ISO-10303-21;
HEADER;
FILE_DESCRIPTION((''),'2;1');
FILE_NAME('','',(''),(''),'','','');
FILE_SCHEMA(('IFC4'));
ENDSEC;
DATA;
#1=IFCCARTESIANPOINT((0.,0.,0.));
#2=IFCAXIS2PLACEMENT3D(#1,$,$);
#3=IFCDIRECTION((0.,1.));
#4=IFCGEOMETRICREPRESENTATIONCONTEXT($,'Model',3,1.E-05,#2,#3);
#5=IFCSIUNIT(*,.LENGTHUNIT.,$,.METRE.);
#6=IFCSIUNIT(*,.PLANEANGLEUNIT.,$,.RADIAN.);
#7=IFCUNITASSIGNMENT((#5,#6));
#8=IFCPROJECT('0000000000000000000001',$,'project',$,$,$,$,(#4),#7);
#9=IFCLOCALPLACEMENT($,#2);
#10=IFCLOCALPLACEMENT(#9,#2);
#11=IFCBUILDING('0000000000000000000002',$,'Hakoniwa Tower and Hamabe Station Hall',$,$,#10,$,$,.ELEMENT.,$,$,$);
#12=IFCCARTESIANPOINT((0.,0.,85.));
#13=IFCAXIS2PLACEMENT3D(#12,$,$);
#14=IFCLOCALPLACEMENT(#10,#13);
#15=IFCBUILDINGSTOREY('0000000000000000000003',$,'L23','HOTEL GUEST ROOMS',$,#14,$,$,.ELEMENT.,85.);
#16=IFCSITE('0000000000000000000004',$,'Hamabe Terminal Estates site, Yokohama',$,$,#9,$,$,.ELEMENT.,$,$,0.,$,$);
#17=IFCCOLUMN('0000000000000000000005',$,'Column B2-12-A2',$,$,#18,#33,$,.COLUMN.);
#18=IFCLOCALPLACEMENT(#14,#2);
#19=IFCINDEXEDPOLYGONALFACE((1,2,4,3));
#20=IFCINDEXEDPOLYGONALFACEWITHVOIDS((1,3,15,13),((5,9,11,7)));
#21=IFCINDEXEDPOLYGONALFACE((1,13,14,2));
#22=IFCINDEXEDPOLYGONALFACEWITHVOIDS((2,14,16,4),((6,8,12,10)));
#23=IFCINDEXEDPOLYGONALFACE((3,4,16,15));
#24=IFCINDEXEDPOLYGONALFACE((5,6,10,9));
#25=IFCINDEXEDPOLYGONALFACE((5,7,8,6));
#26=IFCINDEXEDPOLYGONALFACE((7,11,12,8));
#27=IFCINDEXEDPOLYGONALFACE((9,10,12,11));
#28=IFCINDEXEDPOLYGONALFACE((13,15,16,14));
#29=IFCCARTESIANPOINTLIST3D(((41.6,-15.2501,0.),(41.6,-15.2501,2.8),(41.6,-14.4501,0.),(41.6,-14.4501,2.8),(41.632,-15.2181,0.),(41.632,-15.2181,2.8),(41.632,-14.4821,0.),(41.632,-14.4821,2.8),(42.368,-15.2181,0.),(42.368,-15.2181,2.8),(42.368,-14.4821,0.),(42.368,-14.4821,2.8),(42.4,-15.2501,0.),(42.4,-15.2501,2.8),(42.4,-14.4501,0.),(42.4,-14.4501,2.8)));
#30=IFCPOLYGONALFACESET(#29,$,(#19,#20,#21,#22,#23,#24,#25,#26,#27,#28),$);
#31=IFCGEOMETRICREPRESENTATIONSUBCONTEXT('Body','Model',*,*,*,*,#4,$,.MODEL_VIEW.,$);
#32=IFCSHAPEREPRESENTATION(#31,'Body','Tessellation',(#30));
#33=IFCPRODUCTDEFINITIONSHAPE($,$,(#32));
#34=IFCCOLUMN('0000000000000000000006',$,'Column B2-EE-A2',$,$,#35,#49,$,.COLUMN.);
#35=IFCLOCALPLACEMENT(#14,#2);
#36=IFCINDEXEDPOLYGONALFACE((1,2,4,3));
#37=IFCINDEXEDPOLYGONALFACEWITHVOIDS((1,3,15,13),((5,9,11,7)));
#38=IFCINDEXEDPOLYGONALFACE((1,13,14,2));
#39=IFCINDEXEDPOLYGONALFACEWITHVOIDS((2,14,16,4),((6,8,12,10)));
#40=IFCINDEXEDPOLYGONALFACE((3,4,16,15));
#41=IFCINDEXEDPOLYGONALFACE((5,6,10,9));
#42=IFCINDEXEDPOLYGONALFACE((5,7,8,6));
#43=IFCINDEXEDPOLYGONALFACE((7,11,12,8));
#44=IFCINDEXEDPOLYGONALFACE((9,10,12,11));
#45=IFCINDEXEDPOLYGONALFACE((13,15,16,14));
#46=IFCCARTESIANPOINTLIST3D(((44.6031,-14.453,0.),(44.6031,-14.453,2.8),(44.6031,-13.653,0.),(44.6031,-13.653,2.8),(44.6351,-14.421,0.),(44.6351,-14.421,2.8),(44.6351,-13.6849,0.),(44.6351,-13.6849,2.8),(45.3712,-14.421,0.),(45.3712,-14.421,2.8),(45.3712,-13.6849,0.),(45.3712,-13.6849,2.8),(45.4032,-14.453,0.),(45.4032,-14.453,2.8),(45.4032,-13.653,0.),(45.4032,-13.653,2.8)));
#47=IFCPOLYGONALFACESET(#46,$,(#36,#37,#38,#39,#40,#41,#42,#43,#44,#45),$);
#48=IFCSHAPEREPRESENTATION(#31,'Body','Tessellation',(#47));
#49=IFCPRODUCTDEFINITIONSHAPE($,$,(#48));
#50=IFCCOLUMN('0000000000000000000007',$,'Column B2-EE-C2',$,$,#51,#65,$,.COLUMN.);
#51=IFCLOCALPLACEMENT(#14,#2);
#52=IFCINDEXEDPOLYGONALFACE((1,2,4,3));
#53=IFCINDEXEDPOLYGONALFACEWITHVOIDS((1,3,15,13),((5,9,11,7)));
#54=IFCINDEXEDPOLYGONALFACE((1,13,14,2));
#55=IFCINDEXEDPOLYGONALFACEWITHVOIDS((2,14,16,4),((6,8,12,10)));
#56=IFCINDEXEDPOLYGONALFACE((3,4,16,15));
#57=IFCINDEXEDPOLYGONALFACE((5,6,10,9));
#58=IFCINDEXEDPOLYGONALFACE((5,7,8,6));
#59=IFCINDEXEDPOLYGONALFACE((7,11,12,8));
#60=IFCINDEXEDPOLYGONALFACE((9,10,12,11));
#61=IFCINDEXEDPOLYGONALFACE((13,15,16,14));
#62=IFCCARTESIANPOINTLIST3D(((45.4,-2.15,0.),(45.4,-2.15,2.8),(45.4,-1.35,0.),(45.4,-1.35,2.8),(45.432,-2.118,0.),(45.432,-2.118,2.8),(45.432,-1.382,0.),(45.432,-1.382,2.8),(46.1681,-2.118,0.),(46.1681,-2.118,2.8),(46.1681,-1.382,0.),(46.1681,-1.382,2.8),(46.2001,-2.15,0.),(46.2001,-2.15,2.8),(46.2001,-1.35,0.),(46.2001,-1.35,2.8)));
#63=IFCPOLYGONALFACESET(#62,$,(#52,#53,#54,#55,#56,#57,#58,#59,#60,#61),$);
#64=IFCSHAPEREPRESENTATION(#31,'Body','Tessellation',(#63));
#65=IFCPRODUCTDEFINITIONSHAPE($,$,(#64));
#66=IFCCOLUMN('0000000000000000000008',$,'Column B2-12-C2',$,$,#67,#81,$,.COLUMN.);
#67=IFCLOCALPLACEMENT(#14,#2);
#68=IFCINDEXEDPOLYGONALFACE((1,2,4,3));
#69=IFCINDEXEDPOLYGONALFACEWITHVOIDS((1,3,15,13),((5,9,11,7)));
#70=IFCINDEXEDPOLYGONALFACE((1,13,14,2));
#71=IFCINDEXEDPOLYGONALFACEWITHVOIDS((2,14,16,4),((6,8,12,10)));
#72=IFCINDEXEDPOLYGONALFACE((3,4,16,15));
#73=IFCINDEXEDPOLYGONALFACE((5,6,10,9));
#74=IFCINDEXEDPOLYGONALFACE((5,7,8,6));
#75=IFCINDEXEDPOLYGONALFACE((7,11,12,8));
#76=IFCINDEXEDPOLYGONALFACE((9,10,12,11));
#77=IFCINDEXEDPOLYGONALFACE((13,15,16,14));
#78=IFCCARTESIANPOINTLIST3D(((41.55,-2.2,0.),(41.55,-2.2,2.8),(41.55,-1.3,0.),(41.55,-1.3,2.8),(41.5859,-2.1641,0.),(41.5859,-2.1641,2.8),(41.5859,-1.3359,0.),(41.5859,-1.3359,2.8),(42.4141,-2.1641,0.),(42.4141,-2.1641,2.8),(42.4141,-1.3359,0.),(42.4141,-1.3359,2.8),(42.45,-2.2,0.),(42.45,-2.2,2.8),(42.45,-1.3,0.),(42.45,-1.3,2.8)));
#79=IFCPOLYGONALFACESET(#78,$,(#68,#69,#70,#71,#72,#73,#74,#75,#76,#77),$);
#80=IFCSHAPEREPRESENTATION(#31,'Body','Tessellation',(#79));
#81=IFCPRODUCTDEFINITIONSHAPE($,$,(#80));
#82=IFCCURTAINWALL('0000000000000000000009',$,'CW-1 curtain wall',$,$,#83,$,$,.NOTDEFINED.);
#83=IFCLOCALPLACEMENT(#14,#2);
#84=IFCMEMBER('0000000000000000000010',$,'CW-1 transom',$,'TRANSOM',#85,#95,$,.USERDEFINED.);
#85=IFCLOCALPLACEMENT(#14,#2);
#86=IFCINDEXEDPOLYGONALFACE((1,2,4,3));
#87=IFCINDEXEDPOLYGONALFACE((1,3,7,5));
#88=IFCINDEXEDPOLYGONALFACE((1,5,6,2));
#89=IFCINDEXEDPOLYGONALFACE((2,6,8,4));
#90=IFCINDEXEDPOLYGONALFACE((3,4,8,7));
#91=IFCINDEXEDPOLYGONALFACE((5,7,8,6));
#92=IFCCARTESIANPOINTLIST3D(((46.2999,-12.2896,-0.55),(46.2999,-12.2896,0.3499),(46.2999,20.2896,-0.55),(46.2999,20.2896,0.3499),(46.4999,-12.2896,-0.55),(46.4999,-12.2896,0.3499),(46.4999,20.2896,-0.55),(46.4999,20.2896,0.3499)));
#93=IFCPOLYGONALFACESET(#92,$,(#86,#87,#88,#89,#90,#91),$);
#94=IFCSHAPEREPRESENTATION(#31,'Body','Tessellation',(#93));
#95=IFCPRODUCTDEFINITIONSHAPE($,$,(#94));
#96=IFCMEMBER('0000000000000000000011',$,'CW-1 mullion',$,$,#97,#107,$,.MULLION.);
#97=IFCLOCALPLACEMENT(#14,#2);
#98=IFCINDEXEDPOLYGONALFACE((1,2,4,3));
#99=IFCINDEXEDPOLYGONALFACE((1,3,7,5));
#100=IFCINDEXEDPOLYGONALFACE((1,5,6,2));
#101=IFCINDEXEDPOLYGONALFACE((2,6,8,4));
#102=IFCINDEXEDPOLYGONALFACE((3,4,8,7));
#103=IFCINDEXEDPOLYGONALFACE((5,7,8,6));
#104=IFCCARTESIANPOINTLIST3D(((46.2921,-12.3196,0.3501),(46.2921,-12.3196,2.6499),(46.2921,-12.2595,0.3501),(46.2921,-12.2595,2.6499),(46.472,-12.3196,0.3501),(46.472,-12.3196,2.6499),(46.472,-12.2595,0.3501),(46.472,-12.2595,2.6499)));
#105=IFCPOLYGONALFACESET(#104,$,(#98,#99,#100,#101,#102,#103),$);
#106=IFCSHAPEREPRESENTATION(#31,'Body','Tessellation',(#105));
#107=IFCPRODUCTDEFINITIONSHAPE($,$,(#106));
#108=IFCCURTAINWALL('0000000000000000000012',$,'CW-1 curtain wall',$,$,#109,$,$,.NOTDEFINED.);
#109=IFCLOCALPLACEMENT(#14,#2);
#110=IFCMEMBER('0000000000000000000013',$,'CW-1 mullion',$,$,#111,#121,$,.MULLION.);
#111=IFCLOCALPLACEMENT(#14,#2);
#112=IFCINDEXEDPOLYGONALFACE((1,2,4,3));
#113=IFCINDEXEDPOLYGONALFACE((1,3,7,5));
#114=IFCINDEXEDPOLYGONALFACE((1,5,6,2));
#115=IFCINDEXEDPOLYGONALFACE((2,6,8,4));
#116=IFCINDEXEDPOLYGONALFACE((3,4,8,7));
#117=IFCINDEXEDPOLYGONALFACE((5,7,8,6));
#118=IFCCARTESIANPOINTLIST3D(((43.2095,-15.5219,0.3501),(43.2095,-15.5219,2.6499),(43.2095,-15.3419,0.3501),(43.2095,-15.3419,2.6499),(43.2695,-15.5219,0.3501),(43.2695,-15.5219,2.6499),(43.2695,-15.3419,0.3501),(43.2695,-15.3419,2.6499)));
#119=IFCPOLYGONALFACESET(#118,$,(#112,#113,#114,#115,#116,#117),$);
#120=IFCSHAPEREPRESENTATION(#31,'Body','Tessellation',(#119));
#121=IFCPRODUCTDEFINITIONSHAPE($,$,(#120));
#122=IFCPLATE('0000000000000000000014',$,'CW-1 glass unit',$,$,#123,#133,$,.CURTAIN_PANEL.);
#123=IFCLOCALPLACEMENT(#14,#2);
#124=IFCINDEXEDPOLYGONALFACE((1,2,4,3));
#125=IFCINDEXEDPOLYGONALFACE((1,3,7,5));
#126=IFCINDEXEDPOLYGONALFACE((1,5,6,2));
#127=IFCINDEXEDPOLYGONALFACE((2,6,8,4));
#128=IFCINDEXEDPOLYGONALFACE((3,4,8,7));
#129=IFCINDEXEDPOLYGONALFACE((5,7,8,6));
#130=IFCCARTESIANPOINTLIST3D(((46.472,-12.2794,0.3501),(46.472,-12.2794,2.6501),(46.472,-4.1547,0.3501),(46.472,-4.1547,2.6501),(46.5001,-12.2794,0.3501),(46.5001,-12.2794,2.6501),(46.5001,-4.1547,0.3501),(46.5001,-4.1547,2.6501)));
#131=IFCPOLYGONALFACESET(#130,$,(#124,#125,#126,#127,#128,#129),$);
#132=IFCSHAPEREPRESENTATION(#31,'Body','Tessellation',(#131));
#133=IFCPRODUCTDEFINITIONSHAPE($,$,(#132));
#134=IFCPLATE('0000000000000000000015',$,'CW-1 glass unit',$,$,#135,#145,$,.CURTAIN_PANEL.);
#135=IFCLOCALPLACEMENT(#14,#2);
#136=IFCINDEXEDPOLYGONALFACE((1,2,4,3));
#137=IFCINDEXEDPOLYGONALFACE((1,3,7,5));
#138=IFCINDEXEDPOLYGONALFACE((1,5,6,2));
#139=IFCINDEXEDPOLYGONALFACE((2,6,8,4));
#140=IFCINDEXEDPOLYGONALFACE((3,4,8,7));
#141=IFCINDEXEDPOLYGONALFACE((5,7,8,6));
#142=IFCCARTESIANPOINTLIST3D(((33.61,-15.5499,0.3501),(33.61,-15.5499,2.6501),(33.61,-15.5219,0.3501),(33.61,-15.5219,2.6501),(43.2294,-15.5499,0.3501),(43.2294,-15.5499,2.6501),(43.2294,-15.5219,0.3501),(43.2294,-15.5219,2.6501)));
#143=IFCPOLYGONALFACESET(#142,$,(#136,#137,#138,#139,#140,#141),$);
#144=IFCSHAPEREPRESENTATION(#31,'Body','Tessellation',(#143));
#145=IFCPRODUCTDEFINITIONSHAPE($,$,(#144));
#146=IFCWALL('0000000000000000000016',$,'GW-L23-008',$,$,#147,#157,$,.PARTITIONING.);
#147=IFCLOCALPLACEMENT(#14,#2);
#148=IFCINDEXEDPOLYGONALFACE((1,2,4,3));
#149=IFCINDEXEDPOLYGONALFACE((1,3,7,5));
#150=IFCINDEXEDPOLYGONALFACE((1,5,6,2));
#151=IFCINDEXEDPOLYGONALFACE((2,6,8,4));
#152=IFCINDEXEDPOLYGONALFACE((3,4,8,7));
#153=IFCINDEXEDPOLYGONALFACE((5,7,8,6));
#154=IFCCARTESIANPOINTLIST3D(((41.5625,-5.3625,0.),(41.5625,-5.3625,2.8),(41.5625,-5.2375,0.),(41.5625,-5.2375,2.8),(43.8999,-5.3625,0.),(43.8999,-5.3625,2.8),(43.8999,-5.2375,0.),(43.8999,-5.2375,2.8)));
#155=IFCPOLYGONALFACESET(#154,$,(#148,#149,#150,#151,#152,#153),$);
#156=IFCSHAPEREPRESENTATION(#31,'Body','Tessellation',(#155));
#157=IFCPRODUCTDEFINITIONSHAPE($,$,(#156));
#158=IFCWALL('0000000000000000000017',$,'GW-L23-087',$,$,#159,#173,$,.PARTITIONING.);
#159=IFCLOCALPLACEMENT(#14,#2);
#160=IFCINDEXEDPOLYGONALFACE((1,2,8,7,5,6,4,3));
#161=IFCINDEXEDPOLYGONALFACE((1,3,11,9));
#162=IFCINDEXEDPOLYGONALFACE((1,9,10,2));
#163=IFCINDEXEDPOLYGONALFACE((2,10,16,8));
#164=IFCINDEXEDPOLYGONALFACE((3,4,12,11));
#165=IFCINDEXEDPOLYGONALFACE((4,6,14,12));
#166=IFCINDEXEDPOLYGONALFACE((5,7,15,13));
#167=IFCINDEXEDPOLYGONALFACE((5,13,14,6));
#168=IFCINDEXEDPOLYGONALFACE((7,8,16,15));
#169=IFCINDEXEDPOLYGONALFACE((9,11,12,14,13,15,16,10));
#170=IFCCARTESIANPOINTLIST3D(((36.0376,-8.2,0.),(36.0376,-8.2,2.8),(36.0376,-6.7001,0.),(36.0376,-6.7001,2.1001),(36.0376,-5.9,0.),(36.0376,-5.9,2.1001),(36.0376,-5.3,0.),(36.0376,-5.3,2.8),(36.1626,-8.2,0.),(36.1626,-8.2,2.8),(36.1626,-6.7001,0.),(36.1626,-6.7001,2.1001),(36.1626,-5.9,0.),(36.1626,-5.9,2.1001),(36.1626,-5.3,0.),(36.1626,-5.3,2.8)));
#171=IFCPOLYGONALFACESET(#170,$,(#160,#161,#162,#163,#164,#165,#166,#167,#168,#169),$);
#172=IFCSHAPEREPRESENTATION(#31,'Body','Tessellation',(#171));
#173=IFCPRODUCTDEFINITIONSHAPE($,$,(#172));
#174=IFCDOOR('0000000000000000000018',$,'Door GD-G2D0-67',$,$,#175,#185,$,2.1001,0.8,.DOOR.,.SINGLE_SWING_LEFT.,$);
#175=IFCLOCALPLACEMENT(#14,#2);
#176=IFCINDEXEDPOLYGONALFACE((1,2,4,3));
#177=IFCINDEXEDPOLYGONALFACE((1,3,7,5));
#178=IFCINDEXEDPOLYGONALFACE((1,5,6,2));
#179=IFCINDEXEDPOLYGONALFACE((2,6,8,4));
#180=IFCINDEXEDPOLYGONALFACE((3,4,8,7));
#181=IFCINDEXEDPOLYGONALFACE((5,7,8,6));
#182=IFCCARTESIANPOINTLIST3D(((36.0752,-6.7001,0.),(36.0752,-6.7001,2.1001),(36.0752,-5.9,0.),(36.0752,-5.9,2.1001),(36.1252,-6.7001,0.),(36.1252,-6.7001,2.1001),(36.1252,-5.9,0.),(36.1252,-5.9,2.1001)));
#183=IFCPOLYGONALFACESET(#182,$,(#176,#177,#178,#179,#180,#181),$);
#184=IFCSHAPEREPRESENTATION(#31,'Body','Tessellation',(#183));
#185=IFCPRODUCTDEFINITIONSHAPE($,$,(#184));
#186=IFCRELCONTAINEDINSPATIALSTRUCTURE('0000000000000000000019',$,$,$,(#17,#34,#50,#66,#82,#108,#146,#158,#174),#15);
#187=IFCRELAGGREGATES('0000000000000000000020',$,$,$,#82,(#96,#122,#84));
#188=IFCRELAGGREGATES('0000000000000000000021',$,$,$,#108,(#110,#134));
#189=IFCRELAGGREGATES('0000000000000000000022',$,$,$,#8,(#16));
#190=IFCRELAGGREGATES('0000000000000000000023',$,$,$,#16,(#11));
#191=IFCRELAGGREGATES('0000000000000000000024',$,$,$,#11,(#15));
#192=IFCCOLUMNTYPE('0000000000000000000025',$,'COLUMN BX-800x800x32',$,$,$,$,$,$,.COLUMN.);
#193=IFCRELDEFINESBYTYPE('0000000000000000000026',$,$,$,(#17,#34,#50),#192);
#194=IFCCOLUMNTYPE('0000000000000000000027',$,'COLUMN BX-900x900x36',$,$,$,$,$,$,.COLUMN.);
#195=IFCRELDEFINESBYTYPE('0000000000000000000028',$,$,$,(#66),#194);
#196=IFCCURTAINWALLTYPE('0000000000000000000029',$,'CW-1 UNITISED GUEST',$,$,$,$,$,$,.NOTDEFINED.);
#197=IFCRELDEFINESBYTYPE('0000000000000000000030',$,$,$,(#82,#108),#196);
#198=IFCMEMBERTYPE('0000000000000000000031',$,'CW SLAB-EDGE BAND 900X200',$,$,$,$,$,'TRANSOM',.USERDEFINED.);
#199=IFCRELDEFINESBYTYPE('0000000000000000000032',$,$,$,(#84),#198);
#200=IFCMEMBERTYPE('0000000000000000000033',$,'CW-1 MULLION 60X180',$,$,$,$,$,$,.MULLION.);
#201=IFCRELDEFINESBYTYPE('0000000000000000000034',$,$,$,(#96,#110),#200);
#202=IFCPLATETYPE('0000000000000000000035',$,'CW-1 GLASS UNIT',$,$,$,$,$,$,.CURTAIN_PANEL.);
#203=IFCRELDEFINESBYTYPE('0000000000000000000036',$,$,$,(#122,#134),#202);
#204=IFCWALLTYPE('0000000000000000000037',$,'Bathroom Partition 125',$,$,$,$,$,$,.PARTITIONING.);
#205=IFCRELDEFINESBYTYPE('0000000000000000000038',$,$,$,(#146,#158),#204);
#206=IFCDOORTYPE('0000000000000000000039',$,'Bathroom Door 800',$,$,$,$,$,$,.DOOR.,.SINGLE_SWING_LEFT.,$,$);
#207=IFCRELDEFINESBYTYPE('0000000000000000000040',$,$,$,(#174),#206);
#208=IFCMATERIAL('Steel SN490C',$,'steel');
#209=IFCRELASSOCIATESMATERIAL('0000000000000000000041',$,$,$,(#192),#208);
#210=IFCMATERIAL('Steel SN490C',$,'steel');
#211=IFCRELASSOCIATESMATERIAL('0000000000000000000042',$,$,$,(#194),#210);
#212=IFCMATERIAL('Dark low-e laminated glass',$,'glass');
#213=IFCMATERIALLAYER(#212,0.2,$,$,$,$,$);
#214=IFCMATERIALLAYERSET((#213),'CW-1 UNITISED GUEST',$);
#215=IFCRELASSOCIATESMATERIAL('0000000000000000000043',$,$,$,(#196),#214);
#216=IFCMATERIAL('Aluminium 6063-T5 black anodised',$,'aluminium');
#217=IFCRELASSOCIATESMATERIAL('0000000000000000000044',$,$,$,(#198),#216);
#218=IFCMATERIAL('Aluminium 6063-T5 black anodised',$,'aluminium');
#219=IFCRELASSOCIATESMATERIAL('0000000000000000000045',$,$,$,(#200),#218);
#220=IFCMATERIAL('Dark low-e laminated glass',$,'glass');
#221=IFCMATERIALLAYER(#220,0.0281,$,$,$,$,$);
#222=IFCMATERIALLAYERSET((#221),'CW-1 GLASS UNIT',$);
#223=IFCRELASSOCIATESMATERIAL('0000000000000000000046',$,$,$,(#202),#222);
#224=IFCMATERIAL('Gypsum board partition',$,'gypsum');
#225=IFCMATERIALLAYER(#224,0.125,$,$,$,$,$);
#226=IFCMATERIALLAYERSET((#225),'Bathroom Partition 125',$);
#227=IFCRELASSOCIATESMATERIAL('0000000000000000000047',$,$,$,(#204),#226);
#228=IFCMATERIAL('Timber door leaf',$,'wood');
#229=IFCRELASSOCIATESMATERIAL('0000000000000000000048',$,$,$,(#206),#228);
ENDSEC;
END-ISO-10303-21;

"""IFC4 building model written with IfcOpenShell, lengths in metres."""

from ifc_helpers import new_model, si_unit, direction, frame, frame_2d, origin, origin_2d, place, context, subcontext, project, spatial, rectangle, hollow_rectangle, extrude, material, layer, layer_set, material_profile, profile_set, type_object, element, fill, aggregate, save


model = new_model("IFC4")

# Units and contexts
model_context = context("Model", 3, precision=1e-05, world=origin(), true_north=direction((0.0, 1.0)))
body_context = subcontext(model_context, "Body", "Model", "MODEL_VIEW")
ifc_project = project(units=[si_unit("LENGTHUNIT", "METRE"), si_unit("PLANEANGLEUNIT", "RADIAN")], contexts=[model_context])

# Site, building, storey
site_placement = place(None, origin())
site = spatial("IfcSite", under=ifc_project, at=site_placement, Name="Hamabe Terminal Estates site, Yokohama", CompositionType="ELEMENT", RefElevation=0.0)
building_placement = place(site_placement, origin())
building = spatial("IfcBuilding", under=site, at=building_placement, Name="Hakoniwa Tower and Hamabe Station Hall", CompositionType="ELEMENT")
storey_placement = place(building_placement, frame((0.0, 0.0, 85.0)))
storey = spatial("IfcBuildingStorey", under=building, at=storey_placement, Name="L23", Description="HOTEL GUEST ROOMS", CompositionType="ELEMENT", Elevation=85.0)

# Columns
ifc_material_1 = material(Name="Steel SN490C", Category="steel")
ifc_material_profile_1 = material_profile(ifc_material_1, hollow_rectangle(XDim=0.8, YDim=0.8, WallThickness=0.032, at=origin_2d()), Name="BX-800x800x32")
ifc_profile_set_1 = profile_set([ifc_material_profile_1], Name="Steel SN490C")
column_type_1 = type_object("IfcColumnType", Name="COLUMN BX-800x800x32", PredefinedType="COLUMN", material=ifc_profile_set_1)
for number, where, z_axis, x_axis, name in (
    (1, (42.0, -14.8501, 0.0), (0.0, 0.0, 1.0), (1.0, 0.0, 0.0), "Column B2-12-A2"),
    (2, (45.0032, -14.053, 0.0), (0.0, 0.0, 1.0), (1.0, 0.0, 0.0), "Column B2-EE-A2"),
    (3, (45.8, -1.75, 0.0), (0.0, 0.0, 1.0), (1.0, 0.0, 0.0), "Column B2-EE-C2"),
):
    element("IfcColumn", number, at=place(storey_placement, frame(where, z_axis=z_axis, x_axis=x_axis)), inside=storey, type_object=column_type_1, Name=name, PredefinedType="COLUMN", context=body_context, shape_type="SweptSolid", body=[
        extrude(hollow_rectangle(XDim=0.8, YDim=0.8, WallThickness=0.032, at=origin_2d()), origin(), (0.0, 0.0, 1.0), 2.8),
    ])
ifc_material_2 = material(Name="Steel SN490C", Category="steel")
ifc_material_profile_2 = material_profile(ifc_material_2, hollow_rectangle(XDim=0.8999, YDim=0.8999, WallThickness=0.0359, at=origin_2d()), Name="BX-900x900x36")
ifc_profile_set_2 = profile_set([ifc_material_profile_2], Name="Steel SN490C")
column_type_2 = type_object("IfcColumnType", Name="COLUMN BX-900x900x36", PredefinedType="COLUMN", material=ifc_profile_set_2)
column_placement = place(storey_placement, frame((42.0, -1.75, 0.0), z_axis=(0.0, 0.0, 1.0), x_axis=(1.0, 0.0, 0.0)))
element("IfcColumn", 4, at=column_placement, inside=storey, type_object=column_type_2, Name="Column B2-12-C2", PredefinedType="COLUMN", context=body_context, shape_type="SweptSolid", body=[
    extrude(hollow_rectangle(XDim=0.8999, YDim=0.8999, WallThickness=0.0359, at=origin_2d()), origin(), (0.0, 0.0, 1.0), 2.8),
])

# Curtain wall, members
ifc_material_3 = material(Name="Dark low-e laminated glass", Category="glass")
ifc_layer_1 = layer(ifc_material_3, 0.2)
ifc_layer_set_1 = layer_set([ifc_layer_1], Name="CW-1 UNITISED GUEST")
curtain_wall_type = type_object("IfcCurtainWallType", Name="CW-1 UNITISED GUEST", PredefinedType="NOTDEFINED", material=ifc_layer_set_1)
curtain_wall_1_placement = place(storey_placement, origin())
curtain_wall_1 = element("IfcCurtainWall", 5, at=curtain_wall_1_placement, inside=storey, type_object=curtain_wall_type, Name="CW-1 curtain wall", PredefinedType="NOTDEFINED")
ifc_material_4 = material(Name="Aluminium 6063-T5 black anodised", Category="aluminium")
ifc_material_profile_3 = material_profile(ifc_material_4, rectangle(XDim=0.2, YDim=0.8999, at=origin_2d()), Name="CW SLAB-EDGE BAND 900X200")
ifc_profile_set_3 = profile_set([ifc_material_profile_3], Name="Aluminium 6063-T5 black anodised")
member_type_1 = type_object("IfcMemberType", Name="CW SLAB-EDGE BAND 900X200", ElementType="TRANSOM", PredefinedType="USERDEFINED", material=ifc_profile_set_3)
member_1_placement = place(storey_placement, frame((46.3999, -12.2896, -0.1001), z_axis=(0.0, 1.0, 0.0), x_axis=(-1.0, 0.0, 0.0)))
member_1 = element("IfcMember", 6, at=member_1_placement, type_object=member_type_1, Name="CW-1 transom", ObjectType="TRANSOM", PredefinedType="USERDEFINED", context=body_context, shape_type="SweptSolid", body=[
    extrude(rectangle(XDim=0.2, YDim=0.8999, at=origin_2d()), origin(), (0.0, 0.0, 1.0), 32.5791),
])
ifc_material_5 = material(Name="Aluminium 6063-T5 black anodised", Category="aluminium")
ifc_material_profile_4 = material_profile(ifc_material_5, rectangle(XDim=0.0601, YDim=0.1799, at=origin_2d()), Name="CW-1 MULLION 60X180")
ifc_profile_set_4 = profile_set([ifc_material_profile_4], Name="Aluminium 6063-T5 black anodised")
member_type_2 = type_object("IfcMemberType", Name="CW-1 MULLION 60X180", PredefinedType="MULLION", material=ifc_profile_set_4)
member_2_placement = place(storey_placement, frame((46.3821, -12.2896, 0.3501), z_axis=(0.0, 0.0, 1.0), x_axis=(0.0, 1.0, 0.0)))
member_2 = element("IfcMember", 7, at=member_2_placement, type_object=member_type_2, Name="CW-1 mullion", PredefinedType="MULLION", context=body_context, shape_type="SweptSolid", body=[
    extrude(rectangle(XDim=0.0601, YDim=0.1799, at=origin_2d()), origin(), (0.0, 0.0, 1.0), 2.2998),
])

# Curtain wall, member
curtain_wall_2_placement = place(storey_placement, origin())
curtain_wall_2 = element("IfcCurtainWall", 8, at=curtain_wall_2_placement, inside=storey, type_object=curtain_wall_type, Name="CW-1 curtain wall", PredefinedType="NOTDEFINED")
member_3_placement = place(storey_placement, frame((43.2395, -15.4319, 0.3501), z_axis=(0.0, 0.0, 1.0), x_axis=(1.0, 0.0, 0.0)))
member_3 = element("IfcMember", 9, at=member_3_placement, type_object=member_type_2, Name="CW-1 mullion", PredefinedType="MULLION", context=body_context, shape_type="SweptSolid", body=[
    extrude(rectangle(XDim=0.0601, YDim=0.1799, at=origin_2d()), origin(), (0.0, 0.0, 1.0), 2.2998),
])

# Plates
ifc_material_6 = material(Name="Dark low-e laminated glass", Category="glass")
ifc_layer_2 = layer(ifc_material_6, 0.0281)
ifc_layer_set_2 = layer_set([ifc_layer_2], Name="CW-1 GLASS UNIT")
plate_type = type_object("IfcPlateType", Name="CW-1 GLASS UNIT", PredefinedType="CURTAIN_PANEL", material=ifc_layer_set_2)
plate_1_placement = place(storey_placement, frame((46.4861, -8.217, 0.3501), z_axis=(0.0, 0.0, 1.0), x_axis=(0.0, 1.0, 0.0)))
plate_1 = element("IfcPlate", 10, at=plate_1_placement, type_object=plate_type, Name="CW-1 glass unit", PredefinedType="CURTAIN_PANEL", context=body_context, shape_type="SweptSolid", body=[
    extrude(rectangle(XDim=8.1248, YDim=0.0281, at=origin_2d()), origin(), (0.0, 0.0, 1.0), 2.3),
])
aggregate(curtain_wall_1, [member_2, plate_1, member_1])
plate_2_placement = place(storey_placement, frame((38.4197, -15.5359, 0.3501), z_axis=(0.0, 0.0, 1.0), x_axis=(1.0, 0.0, 0.0)))
plate_2 = element("IfcPlate", 11, at=plate_2_placement, type_object=plate_type, Name="CW-1 glass unit", PredefinedType="CURTAIN_PANEL", context=body_context, shape_type="SweptSolid", body=[
    extrude(rectangle(XDim=9.6194, YDim=0.0281, at=origin_2d()), origin(), (0.0, 0.0, 1.0), 2.3),
])
aggregate(curtain_wall_2, [member_3, plate_2])

# Wall
ifc_material_7 = material(Name="Gypsum board partition", Category="gypsum")
ifc_layer_3 = layer(ifc_material_7, 0.125)
ifc_layer_set_3 = layer_set([ifc_layer_3], Name="Bathroom Partition 125")
wall_type_1 = type_object("IfcWallType", Name="Bathroom Partition 125", PredefinedType="PARTITIONING", material=ifc_layer_set_3)
wall_1_placement = place(storey_placement, frame((41.5625, -5.3, 0.0), z_axis=(0.0, 0.0, 1.0), x_axis=(1.0, 0.0, 0.0)))
element("IfcWall", 12, at=wall_1_placement, inside=storey, type_object=wall_type_1, Name="GW-L23-008", PredefinedType="PARTITIONING", context=body_context, shape_type="SweptSolid", body=[
    extrude(rectangle(XDim=2.3374, YDim=0.125, at=frame_2d((1.1687, 0.0))), origin(), (0.0, 0.0, 1.0), 2.8),
])

# Wall, opening, door
wall_2_placement = place(storey_placement, frame((36.1001, -8.2, 0.0), z_axis=(0.0, 0.0, 1.0), x_axis=(0.0, 1.0, 0.0)))
wall_2 = element("IfcWall", 13, at=wall_2_placement, inside=storey, type_object=wall_type_1, Name="GW-L23-087", PredefinedType="PARTITIONING", context=body_context, shape_type="SweptSolid", body=[
    extrude(rectangle(XDim=2.8999, YDim=0.125, at=frame_2d((1.45, 0.0))), origin(), (0.0, 0.0, 1.0), 2.8),
])
opening_1_placement = place(wall_2_placement, frame((1.5, 0.0, 0.0)))
opening_1 = element("IfcOpeningElement", 14, at=opening_1_placement, cuts=wall_2, PredefinedType="OPENING", context=body_context, shape_type="SweptSolid", body=[
    extrude(rectangle(XDim=0.8, YDim=2.1001, at=frame_2d((0.3999, 1.05))), frame((0.0, 0.0725, 0.0), z_axis=(0.0, -1.0, 0.0), x_axis=(1.0, 0.0, 0.0)), (0.0, 0.0, 1.0), 0.145),
])
ifc_material_8 = material(Name="Timber door leaf", Category="wood")
door_type = type_object("IfcDoorType", Name="Bathroom Door 800", OperationType="SINGLE_SWING_LEFT", PredefinedType="DOOR", material=ifc_material_8)
door_1_placement = place(opening_1_placement, origin())
door_1 = element("IfcDoor", 15, at=door_1_placement, inside=storey, type_object=door_type, Name="Door GD-G2D0-67", OperationType="SINGLE_SWING_LEFT", OverallHeight=2.1001, OverallWidth=0.8, PredefinedType="DOOR", context=body_context, shape_type="SweptSolid", body=[
    extrude(rectangle(XDim=0.8, YDim=2.1001, at=frame_2d((0.3999, 1.05))), frame((0.0, 0.0249, 0.0), z_axis=(0.0, -1.0, 0.0), x_axis=(1.0, 0.0, 0.0)), (0.0, 0.0, 1.0), 0.05),
])
fill(opening_1, door_1)

save(model, "model.ifc")
